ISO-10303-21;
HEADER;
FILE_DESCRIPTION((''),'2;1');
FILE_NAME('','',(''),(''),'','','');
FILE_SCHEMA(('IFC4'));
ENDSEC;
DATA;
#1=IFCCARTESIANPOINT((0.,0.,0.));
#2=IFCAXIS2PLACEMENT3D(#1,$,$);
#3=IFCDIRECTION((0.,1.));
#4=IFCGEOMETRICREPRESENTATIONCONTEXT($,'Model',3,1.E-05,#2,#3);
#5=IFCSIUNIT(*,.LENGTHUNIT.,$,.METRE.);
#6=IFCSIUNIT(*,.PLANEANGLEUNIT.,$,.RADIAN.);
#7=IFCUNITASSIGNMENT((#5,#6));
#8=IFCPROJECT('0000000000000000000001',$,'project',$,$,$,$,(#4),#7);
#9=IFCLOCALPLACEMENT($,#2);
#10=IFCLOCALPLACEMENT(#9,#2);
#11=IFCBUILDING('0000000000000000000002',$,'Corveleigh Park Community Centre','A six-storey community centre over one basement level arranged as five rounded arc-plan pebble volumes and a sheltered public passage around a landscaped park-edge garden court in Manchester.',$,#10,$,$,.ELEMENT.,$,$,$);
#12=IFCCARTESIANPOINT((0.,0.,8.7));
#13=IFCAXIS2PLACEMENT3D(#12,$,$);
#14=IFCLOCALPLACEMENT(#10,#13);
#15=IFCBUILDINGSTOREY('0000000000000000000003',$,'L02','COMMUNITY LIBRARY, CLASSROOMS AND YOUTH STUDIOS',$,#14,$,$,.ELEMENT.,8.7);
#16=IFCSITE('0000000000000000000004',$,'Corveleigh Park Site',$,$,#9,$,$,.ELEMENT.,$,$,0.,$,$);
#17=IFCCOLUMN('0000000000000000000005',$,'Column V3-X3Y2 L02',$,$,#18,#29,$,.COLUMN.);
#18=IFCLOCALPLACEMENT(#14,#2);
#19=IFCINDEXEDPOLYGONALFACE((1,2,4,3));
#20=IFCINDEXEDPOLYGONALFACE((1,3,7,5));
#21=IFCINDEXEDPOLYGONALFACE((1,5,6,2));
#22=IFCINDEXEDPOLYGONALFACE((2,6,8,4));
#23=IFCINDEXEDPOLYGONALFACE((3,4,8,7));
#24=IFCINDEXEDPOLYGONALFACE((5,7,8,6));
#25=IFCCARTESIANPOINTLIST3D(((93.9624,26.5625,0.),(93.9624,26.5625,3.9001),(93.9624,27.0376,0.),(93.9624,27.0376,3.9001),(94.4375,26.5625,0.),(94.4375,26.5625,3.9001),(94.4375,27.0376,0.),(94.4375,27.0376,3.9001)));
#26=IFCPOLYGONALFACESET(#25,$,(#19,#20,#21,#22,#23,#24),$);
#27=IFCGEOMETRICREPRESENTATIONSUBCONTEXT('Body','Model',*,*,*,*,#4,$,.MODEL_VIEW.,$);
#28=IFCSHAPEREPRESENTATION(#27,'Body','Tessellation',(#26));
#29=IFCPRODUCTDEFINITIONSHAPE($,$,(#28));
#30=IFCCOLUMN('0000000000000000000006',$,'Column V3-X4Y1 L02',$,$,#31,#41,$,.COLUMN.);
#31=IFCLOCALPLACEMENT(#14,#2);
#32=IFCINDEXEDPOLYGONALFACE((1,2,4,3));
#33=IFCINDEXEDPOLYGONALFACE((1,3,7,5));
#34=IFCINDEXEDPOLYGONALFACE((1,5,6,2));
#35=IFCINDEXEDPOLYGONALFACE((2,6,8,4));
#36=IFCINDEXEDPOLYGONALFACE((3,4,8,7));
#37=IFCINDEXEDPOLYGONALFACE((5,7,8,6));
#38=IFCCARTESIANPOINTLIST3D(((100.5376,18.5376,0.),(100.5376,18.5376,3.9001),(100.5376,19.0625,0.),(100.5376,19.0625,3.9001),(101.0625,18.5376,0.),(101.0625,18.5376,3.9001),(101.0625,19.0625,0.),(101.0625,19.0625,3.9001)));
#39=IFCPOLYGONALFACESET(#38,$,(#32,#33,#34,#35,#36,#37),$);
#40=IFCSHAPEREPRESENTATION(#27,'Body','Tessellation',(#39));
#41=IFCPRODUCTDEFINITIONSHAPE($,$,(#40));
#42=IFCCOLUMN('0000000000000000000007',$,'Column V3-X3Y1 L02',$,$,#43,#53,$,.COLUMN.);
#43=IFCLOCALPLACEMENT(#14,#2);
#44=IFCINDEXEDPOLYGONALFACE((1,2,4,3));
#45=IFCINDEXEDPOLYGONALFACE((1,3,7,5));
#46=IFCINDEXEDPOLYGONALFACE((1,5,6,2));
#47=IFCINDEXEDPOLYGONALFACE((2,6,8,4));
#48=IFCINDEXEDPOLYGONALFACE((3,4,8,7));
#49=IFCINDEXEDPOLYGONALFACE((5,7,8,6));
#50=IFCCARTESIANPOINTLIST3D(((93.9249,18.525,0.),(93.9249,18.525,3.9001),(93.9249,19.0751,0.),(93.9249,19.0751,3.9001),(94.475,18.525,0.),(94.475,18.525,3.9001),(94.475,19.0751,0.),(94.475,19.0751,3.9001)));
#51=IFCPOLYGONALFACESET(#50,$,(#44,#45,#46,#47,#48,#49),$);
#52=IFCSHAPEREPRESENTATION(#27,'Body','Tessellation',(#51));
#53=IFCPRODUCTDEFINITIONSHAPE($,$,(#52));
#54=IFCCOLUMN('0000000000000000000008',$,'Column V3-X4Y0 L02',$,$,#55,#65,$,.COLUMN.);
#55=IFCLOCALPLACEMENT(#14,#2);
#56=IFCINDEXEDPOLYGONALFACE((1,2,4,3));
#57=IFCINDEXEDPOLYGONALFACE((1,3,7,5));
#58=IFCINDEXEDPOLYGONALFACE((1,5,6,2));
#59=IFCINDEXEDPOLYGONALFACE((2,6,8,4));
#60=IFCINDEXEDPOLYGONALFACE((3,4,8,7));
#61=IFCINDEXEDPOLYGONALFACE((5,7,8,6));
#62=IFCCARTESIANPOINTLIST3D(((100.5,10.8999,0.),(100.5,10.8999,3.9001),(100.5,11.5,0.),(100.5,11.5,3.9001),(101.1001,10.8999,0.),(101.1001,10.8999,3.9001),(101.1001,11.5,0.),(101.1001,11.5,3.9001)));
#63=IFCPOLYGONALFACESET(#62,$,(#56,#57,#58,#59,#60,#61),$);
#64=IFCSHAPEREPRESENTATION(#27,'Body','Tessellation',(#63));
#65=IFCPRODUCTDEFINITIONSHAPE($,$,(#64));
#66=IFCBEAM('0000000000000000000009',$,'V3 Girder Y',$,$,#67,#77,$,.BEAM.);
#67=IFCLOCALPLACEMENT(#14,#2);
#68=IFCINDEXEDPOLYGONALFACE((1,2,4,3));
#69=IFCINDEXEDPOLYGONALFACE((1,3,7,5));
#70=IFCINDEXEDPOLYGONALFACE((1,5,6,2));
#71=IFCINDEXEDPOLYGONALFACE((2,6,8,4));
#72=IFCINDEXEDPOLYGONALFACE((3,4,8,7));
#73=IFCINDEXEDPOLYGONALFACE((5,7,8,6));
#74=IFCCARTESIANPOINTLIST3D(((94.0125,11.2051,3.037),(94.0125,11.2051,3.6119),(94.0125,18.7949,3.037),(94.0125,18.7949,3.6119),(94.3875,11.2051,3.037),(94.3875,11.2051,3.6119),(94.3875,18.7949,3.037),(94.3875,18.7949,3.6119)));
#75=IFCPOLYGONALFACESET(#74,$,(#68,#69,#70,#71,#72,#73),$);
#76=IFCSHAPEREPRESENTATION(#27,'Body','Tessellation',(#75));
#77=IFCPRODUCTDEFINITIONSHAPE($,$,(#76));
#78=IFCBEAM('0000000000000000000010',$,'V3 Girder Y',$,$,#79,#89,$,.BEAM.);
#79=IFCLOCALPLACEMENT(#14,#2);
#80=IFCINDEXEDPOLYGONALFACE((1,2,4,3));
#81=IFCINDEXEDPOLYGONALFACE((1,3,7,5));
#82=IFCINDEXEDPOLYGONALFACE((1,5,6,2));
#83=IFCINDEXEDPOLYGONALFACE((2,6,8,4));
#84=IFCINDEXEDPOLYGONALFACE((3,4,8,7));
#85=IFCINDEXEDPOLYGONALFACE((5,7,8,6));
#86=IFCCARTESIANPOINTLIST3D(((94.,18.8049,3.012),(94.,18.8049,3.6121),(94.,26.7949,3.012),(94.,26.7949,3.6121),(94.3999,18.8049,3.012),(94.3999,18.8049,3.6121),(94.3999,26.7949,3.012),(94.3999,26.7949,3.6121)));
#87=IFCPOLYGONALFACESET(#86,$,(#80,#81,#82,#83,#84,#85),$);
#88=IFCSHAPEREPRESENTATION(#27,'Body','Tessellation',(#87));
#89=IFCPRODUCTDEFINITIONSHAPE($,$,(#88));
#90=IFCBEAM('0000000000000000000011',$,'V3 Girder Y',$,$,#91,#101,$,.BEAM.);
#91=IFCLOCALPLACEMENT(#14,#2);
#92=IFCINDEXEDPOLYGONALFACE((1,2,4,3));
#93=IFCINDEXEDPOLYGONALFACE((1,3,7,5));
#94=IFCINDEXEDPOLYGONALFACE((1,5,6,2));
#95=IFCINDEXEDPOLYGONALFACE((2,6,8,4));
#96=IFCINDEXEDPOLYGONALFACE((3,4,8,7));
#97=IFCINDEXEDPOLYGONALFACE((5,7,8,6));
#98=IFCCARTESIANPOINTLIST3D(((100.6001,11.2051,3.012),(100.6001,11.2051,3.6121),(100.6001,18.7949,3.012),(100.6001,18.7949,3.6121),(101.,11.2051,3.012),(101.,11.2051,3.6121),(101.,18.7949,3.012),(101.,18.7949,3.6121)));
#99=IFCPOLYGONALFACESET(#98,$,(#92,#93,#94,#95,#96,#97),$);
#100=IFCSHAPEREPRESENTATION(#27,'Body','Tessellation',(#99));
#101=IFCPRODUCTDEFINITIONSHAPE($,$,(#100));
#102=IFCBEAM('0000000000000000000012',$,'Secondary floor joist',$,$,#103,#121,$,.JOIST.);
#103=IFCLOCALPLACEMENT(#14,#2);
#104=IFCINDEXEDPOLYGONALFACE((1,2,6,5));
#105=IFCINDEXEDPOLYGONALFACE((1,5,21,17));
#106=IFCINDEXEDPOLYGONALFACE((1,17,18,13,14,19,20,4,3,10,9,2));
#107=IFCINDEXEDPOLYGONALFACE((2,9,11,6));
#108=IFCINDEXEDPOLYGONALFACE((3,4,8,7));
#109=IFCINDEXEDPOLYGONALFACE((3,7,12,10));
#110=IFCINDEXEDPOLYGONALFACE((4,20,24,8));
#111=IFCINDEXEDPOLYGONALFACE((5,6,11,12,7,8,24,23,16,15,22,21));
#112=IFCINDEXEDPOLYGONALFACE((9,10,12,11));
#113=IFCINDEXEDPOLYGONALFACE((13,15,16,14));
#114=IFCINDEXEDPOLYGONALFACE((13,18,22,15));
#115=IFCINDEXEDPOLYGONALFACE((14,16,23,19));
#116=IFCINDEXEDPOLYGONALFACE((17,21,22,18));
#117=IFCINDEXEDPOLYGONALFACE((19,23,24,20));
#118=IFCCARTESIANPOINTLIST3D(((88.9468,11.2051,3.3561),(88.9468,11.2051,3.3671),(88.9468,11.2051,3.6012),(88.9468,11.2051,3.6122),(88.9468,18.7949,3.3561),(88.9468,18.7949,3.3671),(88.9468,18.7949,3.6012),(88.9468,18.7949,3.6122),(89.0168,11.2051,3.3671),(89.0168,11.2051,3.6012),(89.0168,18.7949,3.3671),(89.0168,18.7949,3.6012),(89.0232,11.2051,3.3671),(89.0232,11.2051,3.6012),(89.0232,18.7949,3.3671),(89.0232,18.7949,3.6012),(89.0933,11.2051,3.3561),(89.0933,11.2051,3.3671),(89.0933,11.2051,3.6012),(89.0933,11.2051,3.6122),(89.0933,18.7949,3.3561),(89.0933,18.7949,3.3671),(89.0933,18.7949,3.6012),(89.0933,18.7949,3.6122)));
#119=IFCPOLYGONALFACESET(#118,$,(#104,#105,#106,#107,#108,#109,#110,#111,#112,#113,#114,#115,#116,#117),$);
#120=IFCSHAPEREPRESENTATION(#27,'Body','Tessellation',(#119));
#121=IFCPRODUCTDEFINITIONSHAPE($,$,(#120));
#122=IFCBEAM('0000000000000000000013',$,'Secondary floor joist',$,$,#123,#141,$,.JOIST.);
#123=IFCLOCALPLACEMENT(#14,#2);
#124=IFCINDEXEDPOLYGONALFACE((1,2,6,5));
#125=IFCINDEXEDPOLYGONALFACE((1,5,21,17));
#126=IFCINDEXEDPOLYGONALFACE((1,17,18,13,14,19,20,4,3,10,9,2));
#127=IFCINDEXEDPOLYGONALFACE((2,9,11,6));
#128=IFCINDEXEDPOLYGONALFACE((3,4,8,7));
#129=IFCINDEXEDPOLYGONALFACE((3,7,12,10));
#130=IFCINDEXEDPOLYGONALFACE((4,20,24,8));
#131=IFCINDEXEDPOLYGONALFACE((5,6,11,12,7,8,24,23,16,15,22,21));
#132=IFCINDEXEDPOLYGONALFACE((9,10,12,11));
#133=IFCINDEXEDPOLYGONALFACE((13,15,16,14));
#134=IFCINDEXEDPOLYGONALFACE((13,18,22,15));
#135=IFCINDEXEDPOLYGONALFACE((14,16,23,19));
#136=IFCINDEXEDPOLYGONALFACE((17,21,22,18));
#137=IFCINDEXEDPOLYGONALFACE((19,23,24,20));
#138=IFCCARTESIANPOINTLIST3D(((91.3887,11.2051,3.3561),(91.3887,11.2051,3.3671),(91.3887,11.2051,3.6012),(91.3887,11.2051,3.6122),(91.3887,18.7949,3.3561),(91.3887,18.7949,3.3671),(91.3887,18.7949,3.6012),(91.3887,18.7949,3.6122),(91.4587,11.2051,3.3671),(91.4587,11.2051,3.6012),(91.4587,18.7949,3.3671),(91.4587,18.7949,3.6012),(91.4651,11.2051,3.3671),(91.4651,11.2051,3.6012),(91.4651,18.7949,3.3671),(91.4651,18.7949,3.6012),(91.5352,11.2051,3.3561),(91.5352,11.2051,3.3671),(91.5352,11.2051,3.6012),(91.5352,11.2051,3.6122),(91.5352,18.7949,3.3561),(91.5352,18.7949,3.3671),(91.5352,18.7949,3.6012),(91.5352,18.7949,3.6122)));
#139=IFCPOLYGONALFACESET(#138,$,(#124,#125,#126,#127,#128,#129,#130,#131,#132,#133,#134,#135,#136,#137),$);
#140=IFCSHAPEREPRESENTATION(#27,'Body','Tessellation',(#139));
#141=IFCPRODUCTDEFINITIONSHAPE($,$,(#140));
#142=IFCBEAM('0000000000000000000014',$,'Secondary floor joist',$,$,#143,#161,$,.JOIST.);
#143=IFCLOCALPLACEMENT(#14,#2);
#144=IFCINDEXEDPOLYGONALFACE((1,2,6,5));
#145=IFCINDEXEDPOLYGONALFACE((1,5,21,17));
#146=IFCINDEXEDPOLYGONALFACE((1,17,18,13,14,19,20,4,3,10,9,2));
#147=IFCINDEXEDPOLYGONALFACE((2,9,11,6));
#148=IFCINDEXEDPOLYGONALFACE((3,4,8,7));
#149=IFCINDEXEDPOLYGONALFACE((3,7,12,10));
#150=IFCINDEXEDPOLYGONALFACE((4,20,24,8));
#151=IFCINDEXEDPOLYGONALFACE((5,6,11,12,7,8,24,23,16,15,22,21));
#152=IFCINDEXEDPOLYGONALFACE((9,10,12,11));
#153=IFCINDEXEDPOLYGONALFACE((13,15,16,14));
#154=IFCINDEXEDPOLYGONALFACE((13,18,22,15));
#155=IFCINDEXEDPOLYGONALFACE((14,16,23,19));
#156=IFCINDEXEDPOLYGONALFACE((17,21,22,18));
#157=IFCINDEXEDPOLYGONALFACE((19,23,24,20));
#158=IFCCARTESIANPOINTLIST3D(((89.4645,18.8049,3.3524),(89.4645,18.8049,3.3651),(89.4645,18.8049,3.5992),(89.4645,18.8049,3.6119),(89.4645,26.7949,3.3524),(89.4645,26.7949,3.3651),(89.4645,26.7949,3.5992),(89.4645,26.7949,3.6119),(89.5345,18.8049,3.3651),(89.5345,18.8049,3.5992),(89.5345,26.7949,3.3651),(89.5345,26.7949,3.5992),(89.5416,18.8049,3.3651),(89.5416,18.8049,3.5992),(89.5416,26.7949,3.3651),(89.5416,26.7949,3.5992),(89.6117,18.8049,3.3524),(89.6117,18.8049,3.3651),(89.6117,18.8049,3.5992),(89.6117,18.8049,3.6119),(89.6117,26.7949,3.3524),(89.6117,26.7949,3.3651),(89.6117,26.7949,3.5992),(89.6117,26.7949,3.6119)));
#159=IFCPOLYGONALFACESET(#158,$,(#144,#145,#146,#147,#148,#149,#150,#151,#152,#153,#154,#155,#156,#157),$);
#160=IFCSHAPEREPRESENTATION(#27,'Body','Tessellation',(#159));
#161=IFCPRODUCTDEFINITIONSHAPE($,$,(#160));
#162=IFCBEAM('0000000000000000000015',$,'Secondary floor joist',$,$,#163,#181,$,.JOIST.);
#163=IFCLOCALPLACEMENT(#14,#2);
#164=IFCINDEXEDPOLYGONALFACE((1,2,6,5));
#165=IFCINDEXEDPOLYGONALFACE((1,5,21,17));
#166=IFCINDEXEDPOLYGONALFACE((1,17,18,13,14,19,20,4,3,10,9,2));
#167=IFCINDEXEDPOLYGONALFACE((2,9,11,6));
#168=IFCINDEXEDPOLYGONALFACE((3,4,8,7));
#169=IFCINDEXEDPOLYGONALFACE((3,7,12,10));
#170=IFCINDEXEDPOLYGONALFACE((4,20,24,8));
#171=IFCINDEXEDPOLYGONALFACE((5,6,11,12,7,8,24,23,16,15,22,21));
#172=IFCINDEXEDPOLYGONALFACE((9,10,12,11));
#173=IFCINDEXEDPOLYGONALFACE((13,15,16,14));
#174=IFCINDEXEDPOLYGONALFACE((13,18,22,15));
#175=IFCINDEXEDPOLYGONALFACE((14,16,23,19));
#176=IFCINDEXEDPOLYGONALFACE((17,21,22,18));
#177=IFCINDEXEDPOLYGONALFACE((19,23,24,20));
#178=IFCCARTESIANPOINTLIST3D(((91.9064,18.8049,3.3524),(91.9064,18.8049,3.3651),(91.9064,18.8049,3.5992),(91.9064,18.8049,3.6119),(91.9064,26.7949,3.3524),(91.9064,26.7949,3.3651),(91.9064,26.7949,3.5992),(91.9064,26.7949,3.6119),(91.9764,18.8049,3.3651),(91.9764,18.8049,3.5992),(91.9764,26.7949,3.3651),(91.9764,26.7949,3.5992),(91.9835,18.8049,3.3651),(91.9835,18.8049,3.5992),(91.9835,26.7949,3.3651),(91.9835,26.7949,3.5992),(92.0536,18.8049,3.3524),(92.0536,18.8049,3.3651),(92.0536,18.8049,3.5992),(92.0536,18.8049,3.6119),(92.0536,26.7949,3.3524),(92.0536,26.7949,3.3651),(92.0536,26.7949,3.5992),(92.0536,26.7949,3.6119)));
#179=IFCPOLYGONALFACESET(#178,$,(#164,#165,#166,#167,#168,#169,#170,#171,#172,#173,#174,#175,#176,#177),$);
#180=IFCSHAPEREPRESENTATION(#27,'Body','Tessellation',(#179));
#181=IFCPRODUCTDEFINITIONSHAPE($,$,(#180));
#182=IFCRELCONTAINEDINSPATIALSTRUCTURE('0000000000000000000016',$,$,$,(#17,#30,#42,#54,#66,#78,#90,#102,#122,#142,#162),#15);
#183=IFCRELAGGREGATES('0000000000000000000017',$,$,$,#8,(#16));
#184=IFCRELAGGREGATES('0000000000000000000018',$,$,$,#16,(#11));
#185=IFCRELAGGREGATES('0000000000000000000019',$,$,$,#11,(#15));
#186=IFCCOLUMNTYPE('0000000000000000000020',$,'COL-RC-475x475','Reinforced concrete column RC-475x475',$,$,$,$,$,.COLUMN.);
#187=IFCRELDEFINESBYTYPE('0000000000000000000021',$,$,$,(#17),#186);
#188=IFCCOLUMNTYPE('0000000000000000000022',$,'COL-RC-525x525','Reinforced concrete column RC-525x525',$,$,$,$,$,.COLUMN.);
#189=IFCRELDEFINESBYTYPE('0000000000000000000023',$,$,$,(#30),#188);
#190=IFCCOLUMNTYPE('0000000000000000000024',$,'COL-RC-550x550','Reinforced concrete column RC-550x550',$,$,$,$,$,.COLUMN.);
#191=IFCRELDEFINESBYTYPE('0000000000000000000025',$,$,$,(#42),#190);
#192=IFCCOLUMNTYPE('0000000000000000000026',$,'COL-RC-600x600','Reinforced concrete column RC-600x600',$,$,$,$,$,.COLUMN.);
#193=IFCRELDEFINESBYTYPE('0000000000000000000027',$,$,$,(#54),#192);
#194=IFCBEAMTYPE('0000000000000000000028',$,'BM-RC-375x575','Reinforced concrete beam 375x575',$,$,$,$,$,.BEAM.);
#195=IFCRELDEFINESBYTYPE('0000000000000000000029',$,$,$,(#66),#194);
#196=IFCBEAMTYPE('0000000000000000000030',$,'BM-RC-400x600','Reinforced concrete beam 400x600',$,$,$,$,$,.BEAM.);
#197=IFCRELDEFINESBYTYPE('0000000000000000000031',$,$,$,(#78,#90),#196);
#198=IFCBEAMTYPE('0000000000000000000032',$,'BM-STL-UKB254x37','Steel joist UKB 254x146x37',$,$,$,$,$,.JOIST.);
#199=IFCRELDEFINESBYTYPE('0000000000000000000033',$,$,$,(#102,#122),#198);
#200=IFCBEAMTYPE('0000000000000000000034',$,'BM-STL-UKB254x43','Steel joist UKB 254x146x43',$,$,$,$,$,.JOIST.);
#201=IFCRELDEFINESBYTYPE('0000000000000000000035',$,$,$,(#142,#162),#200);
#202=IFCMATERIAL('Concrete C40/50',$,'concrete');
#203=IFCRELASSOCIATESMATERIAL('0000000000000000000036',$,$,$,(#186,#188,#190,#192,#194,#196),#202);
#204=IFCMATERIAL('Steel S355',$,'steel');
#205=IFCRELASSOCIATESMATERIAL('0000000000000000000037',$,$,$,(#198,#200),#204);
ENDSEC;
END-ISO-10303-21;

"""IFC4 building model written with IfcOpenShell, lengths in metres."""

from ifc_helpers import new_model, si_unit, direction, frame, origin, origin_2d, place, context, subcontext, project, spatial, rectangle, i_section, extrude, material, material_profile, profile_set, type_object, element, save


model = new_model("IFC4")

# Units and contexts
model_context = context("Model", 3, precision=1e-05, world=origin(), true_north=direction((0.0, 1.0)))
body_context = subcontext(model_context, "Body", "Model", "MODEL_VIEW")
ifc_project = project(units=[si_unit("LENGTHUNIT", "METRE"), si_unit("PLANEANGLEUNIT", "RADIAN")], contexts=[model_context])

# Site, building, storey
site_placement = place(None, origin())
site = spatial("IfcSite", under=ifc_project, at=site_placement, Name="Corveleigh Park Site", CompositionType="ELEMENT", RefElevation=0.0)
building_placement = place(site_placement, origin())
building = spatial("IfcBuilding", under=site, at=building_placement, Name="Corveleigh Park Community Centre", Description="A six-storey community centre over one basement level arranged as five rounded arc-plan pebble volumes and a sheltered public passage around a landscaped park-edge garden court in Manchester.", CompositionType="ELEMENT")
storey_placement = place(building_placement, frame((0.0, 0.0, 8.7)))
storey = spatial("IfcBuildingStorey", under=building, at=storey_placement, Name="L02", Description="COMMUNITY LIBRARY, CLASSROOMS AND YOUTH STUDIOS", CompositionType="ELEMENT", Elevation=8.7)

# Columns
ifc_material_1 = material(Name="Concrete C40/50", Category="concrete")
ifc_material_profile_1 = material_profile(ifc_material_1, rectangle(XDim=0.4751, YDim=0.4751, at=origin_2d()), Name="RC-475x475", Category="concrete")
ifc_profile_set_1 = profile_set([ifc_material_profile_1], Name="Concrete C40/50")
column_type_1 = type_object("IfcColumnType", Name="COL-RC-475x475", Description="Reinforced concrete column RC-475x475", PredefinedType="COLUMN", material=ifc_profile_set_1)
column_1_placement = place(storey_placement, frame((94.2, 26.8, 0.0), z_axis=(0.0, 0.0, 1.0), x_axis=(1.0, 0.0, 0.0)))
element("IfcColumn", 1, at=column_1_placement, inside=storey, type_object=column_type_1, Name="Column V3-X3Y2 L02", PredefinedType="COLUMN", context=body_context, shape_type="SweptSolid", body=[
    extrude(rectangle(XDim=0.4751, YDim=0.4751, at=origin_2d()), origin(), (0.0, 0.0, 1.0), 3.9001),
])
ifc_material_profile_2 = material_profile(ifc_material_1, rectangle(XDim=0.5249, YDim=0.5249, at=origin_2d()), Name="RC-525x525", Category="concrete")
ifc_profile_set_2 = profile_set([ifc_material_profile_2], Name="Concrete C40/50")
column_type_2 = type_object("IfcColumnType", Name="COL-RC-525x525", Description="Reinforced concrete column RC-525x525", PredefinedType="COLUMN", material=ifc_profile_set_2)
column_2_placement = place(storey_placement, frame((100.8, 18.8, 0.0), z_axis=(0.0, 0.0, 1.0), x_axis=(1.0, 0.0, 0.0)))
element("IfcColumn", 2, at=column_2_placement, inside=storey, type_object=column_type_2, Name="Column V3-X4Y1 L02", PredefinedType="COLUMN", context=body_context, shape_type="SweptSolid", body=[
    extrude(rectangle(XDim=0.5249, YDim=0.5249, at=origin_2d()), origin(), (0.0, 0.0, 1.0), 3.9001),
])
ifc_material_profile_3 = material_profile(ifc_material_1, rectangle(XDim=0.55, YDim=0.55, at=origin_2d()), Name="RC-550x550", Category="concrete")
ifc_profile_set_3 = profile_set([ifc_material_profile_3], Name="Concrete C40/50")
column_type_3 = type_object("IfcColumnType", Name="COL-RC-550x550", Description="Reinforced concrete column RC-550x550", PredefinedType="COLUMN", material=ifc_profile_set_3)
column_3_placement = place(storey_placement, frame((94.2, 18.8, 0.0), z_axis=(0.0, 0.0, 1.0), x_axis=(1.0, 0.0, 0.0)))
element("IfcColumn", 3, at=column_3_placement, inside=storey, type_object=column_type_3, Name="Column V3-X3Y1 L02", PredefinedType="COLUMN", context=body_context, shape_type="SweptSolid", body=[
    extrude(rectangle(XDim=0.55, YDim=0.55, at=origin_2d()), origin(), (0.0, 0.0, 1.0), 3.9001),
])
ifc_material_profile_4 = material_profile(ifc_material_1, rectangle(XDim=0.6001, YDim=0.6001, at=origin_2d()), Name="RC-600x600", Category="concrete")
ifc_profile_set_4 = profile_set([ifc_material_profile_4], Name="Concrete C40/50")
column_type_4 = type_object("IfcColumnType", Name="COL-RC-600x600", Description="Reinforced concrete column RC-600x600", PredefinedType="COLUMN", material=ifc_profile_set_4)
column_4_placement = place(storey_placement, frame((100.8, 11.2, 0.0), z_axis=(0.0, 0.0, 1.0), x_axis=(1.0, 0.0, 0.0)))
element("IfcColumn", 4, at=column_4_placement, inside=storey, type_object=column_type_4, Name="Column V3-X4Y0 L02", PredefinedType="COLUMN", context=body_context, shape_type="SweptSolid", body=[
    extrude(rectangle(XDim=0.6001, YDim=0.6001, at=origin_2d()), origin(), (0.0, 0.0, 1.0), 3.9001),
])

# Beams
ifc_material_profile_5 = material_profile(ifc_material_1, rectangle(XDim=0.375, YDim=0.575, at=origin_2d()), Name="RC-375x575", Category="concrete")
ifc_profile_set_5 = profile_set([ifc_material_profile_5], Name="Concrete C40/50")
beam_type_1 = type_object("IfcBeamType", Name="BM-RC-375x575", Description="Reinforced concrete beam 375x575", PredefinedType="BEAM", material=ifc_profile_set_5)
beam_1_placement = place(storey_placement, frame((94.2, 11.2051, 3.3245), z_axis=(0.0, 1.0, 0.0), x_axis=(-1.0, 0.0, 0.0)))
element("IfcBeam", 5, at=beam_1_placement, inside=storey, type_object=beam_type_1, Name="V3 Girder Y", PredefinedType="BEAM", context=body_context, shape_type="SweptSolid", body=[
    extrude(rectangle(XDim=0.375, YDim=0.575, at=origin_2d()), origin(), (0.0, 0.0, 1.0), 7.5898),
])
ifc_material_profile_6 = material_profile(ifc_material_1, rectangle(XDim=0.3999, YDim=0.6001, at=origin_2d()), Name="RC-400x600", Category="concrete")
ifc_profile_set_6 = profile_set([ifc_material_profile_6], Name="Concrete C40/50")
beam_type_2 = type_object("IfcBeamType", Name="BM-RC-400x600", Description="Reinforced concrete beam 400x600", PredefinedType="BEAM", material=ifc_profile_set_6)
beam_2_placement = place(storey_placement, frame((94.2, 18.8049, 3.312), z_axis=(0.0, 1.0, 0.0), x_axis=(-1.0, 0.0, 0.0)))
element("IfcBeam", 6, at=beam_2_placement, inside=storey, type_object=beam_type_2, Name="V3 Girder Y", PredefinedType="BEAM", context=body_context, shape_type="SweptSolid", body=[
    extrude(rectangle(XDim=0.3999, YDim=0.6001, at=origin_2d()), origin(), (0.0, 0.0, 1.0), 7.99),
])
beam_3_placement = place(storey_placement, frame((100.8, 11.2051, 3.312), z_axis=(0.0, 1.0, 0.0), x_axis=(-1.0, 0.0, 0.0)))
element("IfcBeam", 7, at=beam_3_placement, inside=storey, type_object=beam_type_2, Name="V3 Girder Y", PredefinedType="BEAM", context=body_context, shape_type="SweptSolid", body=[
    extrude(rectangle(XDim=0.3999, YDim=0.6001, at=origin_2d()), origin(), (0.0, 0.0, 1.0), 7.5898),
])
ifc_material_2 = material(Name="Steel S355", Category="steel")
ifc_material_profile_7 = material_profile(ifc_material_2, i_section(OverallWidth=0.1465, OverallDepth=0.2561, WebThickness=0.0063, FlangeThickness=0.011, at=origin_2d()), Name="UKB 254x146x37", Category="steel")
ifc_profile_set_7 = profile_set([ifc_material_profile_7], Name="Steel S355")
beam_type_3 = type_object("IfcBeamType", Name="BM-STL-UKB254x37", Description="Steel joist UKB 254x146x37", PredefinedType="JOIST", material=ifc_profile_set_7)
for number, where, z_axis, x_axis, name in (
    (8, (89.02, 11.2051, 3.4841), (0.0, 1.0, 0.0), (-1.0, 0.0, 0.0), "Secondary floor joist"),
    (9, (91.4619, 11.2051, 3.4841), (0.0, 1.0, 0.0), (-1.0, 0.0, 0.0), "Secondary floor joist"),
):
    element("IfcBeam", number, at=place(storey_placement, frame(where, z_axis=z_axis, x_axis=x_axis)), inside=storey, type_object=beam_type_3, Name=name, PredefinedType="JOIST", context=body_context, shape_type="SweptSolid", body=[
        extrude(i_section(OverallWidth=0.1465, OverallDepth=0.2561, WebThickness=0.0063, FlangeThickness=0.011, at=origin_2d()), origin(), (0.0, 0.0, 1.0), 7.5898),
    ])
ifc_material_profile_8 = material_profile(ifc_material_2, i_section(OverallWidth=0.1472, OverallDepth=0.2595, WebThickness=0.0071, FlangeThickness=0.0127, at=origin_2d()), Name="UKB 254x146x43", Category="steel")
ifc_profile_set_8 = profile_set([ifc_material_profile_8], Name="Steel S355")
beam_type_4 = type_object("IfcBeamType", Name="BM-STL-UKB254x43", Description="Steel joist UKB 254x146x43", PredefinedType="JOIST", material=ifc_profile_set_8)
for number, where, z_axis, x_axis, name in (
    (10, (89.5381, 18.8049, 3.4822), (0.0, 1.0, 0.0), (-1.0, 0.0, 0.0), "Secondary floor joist"),
    (11, (91.98, 18.8049, 3.4822), (0.0, 1.0, 0.0), (-1.0, 0.0, 0.0), "Secondary floor joist"),
):
    element("IfcBeam", number, at=place(storey_placement, frame(where, z_axis=z_axis, x_axis=x_axis)), inside=storey, type_object=beam_type_4, Name=name, PredefinedType="JOIST", context=body_context, shape_type="SweptSolid", body=[
        extrude(i_section(OverallWidth=0.1472, OverallDepth=0.2595, WebThickness=0.0071, FlangeThickness=0.0127, at=origin_2d()), origin(), (0.0, 0.0, 1.0), 7.99),
    ])

save(model, "model.ifc")
